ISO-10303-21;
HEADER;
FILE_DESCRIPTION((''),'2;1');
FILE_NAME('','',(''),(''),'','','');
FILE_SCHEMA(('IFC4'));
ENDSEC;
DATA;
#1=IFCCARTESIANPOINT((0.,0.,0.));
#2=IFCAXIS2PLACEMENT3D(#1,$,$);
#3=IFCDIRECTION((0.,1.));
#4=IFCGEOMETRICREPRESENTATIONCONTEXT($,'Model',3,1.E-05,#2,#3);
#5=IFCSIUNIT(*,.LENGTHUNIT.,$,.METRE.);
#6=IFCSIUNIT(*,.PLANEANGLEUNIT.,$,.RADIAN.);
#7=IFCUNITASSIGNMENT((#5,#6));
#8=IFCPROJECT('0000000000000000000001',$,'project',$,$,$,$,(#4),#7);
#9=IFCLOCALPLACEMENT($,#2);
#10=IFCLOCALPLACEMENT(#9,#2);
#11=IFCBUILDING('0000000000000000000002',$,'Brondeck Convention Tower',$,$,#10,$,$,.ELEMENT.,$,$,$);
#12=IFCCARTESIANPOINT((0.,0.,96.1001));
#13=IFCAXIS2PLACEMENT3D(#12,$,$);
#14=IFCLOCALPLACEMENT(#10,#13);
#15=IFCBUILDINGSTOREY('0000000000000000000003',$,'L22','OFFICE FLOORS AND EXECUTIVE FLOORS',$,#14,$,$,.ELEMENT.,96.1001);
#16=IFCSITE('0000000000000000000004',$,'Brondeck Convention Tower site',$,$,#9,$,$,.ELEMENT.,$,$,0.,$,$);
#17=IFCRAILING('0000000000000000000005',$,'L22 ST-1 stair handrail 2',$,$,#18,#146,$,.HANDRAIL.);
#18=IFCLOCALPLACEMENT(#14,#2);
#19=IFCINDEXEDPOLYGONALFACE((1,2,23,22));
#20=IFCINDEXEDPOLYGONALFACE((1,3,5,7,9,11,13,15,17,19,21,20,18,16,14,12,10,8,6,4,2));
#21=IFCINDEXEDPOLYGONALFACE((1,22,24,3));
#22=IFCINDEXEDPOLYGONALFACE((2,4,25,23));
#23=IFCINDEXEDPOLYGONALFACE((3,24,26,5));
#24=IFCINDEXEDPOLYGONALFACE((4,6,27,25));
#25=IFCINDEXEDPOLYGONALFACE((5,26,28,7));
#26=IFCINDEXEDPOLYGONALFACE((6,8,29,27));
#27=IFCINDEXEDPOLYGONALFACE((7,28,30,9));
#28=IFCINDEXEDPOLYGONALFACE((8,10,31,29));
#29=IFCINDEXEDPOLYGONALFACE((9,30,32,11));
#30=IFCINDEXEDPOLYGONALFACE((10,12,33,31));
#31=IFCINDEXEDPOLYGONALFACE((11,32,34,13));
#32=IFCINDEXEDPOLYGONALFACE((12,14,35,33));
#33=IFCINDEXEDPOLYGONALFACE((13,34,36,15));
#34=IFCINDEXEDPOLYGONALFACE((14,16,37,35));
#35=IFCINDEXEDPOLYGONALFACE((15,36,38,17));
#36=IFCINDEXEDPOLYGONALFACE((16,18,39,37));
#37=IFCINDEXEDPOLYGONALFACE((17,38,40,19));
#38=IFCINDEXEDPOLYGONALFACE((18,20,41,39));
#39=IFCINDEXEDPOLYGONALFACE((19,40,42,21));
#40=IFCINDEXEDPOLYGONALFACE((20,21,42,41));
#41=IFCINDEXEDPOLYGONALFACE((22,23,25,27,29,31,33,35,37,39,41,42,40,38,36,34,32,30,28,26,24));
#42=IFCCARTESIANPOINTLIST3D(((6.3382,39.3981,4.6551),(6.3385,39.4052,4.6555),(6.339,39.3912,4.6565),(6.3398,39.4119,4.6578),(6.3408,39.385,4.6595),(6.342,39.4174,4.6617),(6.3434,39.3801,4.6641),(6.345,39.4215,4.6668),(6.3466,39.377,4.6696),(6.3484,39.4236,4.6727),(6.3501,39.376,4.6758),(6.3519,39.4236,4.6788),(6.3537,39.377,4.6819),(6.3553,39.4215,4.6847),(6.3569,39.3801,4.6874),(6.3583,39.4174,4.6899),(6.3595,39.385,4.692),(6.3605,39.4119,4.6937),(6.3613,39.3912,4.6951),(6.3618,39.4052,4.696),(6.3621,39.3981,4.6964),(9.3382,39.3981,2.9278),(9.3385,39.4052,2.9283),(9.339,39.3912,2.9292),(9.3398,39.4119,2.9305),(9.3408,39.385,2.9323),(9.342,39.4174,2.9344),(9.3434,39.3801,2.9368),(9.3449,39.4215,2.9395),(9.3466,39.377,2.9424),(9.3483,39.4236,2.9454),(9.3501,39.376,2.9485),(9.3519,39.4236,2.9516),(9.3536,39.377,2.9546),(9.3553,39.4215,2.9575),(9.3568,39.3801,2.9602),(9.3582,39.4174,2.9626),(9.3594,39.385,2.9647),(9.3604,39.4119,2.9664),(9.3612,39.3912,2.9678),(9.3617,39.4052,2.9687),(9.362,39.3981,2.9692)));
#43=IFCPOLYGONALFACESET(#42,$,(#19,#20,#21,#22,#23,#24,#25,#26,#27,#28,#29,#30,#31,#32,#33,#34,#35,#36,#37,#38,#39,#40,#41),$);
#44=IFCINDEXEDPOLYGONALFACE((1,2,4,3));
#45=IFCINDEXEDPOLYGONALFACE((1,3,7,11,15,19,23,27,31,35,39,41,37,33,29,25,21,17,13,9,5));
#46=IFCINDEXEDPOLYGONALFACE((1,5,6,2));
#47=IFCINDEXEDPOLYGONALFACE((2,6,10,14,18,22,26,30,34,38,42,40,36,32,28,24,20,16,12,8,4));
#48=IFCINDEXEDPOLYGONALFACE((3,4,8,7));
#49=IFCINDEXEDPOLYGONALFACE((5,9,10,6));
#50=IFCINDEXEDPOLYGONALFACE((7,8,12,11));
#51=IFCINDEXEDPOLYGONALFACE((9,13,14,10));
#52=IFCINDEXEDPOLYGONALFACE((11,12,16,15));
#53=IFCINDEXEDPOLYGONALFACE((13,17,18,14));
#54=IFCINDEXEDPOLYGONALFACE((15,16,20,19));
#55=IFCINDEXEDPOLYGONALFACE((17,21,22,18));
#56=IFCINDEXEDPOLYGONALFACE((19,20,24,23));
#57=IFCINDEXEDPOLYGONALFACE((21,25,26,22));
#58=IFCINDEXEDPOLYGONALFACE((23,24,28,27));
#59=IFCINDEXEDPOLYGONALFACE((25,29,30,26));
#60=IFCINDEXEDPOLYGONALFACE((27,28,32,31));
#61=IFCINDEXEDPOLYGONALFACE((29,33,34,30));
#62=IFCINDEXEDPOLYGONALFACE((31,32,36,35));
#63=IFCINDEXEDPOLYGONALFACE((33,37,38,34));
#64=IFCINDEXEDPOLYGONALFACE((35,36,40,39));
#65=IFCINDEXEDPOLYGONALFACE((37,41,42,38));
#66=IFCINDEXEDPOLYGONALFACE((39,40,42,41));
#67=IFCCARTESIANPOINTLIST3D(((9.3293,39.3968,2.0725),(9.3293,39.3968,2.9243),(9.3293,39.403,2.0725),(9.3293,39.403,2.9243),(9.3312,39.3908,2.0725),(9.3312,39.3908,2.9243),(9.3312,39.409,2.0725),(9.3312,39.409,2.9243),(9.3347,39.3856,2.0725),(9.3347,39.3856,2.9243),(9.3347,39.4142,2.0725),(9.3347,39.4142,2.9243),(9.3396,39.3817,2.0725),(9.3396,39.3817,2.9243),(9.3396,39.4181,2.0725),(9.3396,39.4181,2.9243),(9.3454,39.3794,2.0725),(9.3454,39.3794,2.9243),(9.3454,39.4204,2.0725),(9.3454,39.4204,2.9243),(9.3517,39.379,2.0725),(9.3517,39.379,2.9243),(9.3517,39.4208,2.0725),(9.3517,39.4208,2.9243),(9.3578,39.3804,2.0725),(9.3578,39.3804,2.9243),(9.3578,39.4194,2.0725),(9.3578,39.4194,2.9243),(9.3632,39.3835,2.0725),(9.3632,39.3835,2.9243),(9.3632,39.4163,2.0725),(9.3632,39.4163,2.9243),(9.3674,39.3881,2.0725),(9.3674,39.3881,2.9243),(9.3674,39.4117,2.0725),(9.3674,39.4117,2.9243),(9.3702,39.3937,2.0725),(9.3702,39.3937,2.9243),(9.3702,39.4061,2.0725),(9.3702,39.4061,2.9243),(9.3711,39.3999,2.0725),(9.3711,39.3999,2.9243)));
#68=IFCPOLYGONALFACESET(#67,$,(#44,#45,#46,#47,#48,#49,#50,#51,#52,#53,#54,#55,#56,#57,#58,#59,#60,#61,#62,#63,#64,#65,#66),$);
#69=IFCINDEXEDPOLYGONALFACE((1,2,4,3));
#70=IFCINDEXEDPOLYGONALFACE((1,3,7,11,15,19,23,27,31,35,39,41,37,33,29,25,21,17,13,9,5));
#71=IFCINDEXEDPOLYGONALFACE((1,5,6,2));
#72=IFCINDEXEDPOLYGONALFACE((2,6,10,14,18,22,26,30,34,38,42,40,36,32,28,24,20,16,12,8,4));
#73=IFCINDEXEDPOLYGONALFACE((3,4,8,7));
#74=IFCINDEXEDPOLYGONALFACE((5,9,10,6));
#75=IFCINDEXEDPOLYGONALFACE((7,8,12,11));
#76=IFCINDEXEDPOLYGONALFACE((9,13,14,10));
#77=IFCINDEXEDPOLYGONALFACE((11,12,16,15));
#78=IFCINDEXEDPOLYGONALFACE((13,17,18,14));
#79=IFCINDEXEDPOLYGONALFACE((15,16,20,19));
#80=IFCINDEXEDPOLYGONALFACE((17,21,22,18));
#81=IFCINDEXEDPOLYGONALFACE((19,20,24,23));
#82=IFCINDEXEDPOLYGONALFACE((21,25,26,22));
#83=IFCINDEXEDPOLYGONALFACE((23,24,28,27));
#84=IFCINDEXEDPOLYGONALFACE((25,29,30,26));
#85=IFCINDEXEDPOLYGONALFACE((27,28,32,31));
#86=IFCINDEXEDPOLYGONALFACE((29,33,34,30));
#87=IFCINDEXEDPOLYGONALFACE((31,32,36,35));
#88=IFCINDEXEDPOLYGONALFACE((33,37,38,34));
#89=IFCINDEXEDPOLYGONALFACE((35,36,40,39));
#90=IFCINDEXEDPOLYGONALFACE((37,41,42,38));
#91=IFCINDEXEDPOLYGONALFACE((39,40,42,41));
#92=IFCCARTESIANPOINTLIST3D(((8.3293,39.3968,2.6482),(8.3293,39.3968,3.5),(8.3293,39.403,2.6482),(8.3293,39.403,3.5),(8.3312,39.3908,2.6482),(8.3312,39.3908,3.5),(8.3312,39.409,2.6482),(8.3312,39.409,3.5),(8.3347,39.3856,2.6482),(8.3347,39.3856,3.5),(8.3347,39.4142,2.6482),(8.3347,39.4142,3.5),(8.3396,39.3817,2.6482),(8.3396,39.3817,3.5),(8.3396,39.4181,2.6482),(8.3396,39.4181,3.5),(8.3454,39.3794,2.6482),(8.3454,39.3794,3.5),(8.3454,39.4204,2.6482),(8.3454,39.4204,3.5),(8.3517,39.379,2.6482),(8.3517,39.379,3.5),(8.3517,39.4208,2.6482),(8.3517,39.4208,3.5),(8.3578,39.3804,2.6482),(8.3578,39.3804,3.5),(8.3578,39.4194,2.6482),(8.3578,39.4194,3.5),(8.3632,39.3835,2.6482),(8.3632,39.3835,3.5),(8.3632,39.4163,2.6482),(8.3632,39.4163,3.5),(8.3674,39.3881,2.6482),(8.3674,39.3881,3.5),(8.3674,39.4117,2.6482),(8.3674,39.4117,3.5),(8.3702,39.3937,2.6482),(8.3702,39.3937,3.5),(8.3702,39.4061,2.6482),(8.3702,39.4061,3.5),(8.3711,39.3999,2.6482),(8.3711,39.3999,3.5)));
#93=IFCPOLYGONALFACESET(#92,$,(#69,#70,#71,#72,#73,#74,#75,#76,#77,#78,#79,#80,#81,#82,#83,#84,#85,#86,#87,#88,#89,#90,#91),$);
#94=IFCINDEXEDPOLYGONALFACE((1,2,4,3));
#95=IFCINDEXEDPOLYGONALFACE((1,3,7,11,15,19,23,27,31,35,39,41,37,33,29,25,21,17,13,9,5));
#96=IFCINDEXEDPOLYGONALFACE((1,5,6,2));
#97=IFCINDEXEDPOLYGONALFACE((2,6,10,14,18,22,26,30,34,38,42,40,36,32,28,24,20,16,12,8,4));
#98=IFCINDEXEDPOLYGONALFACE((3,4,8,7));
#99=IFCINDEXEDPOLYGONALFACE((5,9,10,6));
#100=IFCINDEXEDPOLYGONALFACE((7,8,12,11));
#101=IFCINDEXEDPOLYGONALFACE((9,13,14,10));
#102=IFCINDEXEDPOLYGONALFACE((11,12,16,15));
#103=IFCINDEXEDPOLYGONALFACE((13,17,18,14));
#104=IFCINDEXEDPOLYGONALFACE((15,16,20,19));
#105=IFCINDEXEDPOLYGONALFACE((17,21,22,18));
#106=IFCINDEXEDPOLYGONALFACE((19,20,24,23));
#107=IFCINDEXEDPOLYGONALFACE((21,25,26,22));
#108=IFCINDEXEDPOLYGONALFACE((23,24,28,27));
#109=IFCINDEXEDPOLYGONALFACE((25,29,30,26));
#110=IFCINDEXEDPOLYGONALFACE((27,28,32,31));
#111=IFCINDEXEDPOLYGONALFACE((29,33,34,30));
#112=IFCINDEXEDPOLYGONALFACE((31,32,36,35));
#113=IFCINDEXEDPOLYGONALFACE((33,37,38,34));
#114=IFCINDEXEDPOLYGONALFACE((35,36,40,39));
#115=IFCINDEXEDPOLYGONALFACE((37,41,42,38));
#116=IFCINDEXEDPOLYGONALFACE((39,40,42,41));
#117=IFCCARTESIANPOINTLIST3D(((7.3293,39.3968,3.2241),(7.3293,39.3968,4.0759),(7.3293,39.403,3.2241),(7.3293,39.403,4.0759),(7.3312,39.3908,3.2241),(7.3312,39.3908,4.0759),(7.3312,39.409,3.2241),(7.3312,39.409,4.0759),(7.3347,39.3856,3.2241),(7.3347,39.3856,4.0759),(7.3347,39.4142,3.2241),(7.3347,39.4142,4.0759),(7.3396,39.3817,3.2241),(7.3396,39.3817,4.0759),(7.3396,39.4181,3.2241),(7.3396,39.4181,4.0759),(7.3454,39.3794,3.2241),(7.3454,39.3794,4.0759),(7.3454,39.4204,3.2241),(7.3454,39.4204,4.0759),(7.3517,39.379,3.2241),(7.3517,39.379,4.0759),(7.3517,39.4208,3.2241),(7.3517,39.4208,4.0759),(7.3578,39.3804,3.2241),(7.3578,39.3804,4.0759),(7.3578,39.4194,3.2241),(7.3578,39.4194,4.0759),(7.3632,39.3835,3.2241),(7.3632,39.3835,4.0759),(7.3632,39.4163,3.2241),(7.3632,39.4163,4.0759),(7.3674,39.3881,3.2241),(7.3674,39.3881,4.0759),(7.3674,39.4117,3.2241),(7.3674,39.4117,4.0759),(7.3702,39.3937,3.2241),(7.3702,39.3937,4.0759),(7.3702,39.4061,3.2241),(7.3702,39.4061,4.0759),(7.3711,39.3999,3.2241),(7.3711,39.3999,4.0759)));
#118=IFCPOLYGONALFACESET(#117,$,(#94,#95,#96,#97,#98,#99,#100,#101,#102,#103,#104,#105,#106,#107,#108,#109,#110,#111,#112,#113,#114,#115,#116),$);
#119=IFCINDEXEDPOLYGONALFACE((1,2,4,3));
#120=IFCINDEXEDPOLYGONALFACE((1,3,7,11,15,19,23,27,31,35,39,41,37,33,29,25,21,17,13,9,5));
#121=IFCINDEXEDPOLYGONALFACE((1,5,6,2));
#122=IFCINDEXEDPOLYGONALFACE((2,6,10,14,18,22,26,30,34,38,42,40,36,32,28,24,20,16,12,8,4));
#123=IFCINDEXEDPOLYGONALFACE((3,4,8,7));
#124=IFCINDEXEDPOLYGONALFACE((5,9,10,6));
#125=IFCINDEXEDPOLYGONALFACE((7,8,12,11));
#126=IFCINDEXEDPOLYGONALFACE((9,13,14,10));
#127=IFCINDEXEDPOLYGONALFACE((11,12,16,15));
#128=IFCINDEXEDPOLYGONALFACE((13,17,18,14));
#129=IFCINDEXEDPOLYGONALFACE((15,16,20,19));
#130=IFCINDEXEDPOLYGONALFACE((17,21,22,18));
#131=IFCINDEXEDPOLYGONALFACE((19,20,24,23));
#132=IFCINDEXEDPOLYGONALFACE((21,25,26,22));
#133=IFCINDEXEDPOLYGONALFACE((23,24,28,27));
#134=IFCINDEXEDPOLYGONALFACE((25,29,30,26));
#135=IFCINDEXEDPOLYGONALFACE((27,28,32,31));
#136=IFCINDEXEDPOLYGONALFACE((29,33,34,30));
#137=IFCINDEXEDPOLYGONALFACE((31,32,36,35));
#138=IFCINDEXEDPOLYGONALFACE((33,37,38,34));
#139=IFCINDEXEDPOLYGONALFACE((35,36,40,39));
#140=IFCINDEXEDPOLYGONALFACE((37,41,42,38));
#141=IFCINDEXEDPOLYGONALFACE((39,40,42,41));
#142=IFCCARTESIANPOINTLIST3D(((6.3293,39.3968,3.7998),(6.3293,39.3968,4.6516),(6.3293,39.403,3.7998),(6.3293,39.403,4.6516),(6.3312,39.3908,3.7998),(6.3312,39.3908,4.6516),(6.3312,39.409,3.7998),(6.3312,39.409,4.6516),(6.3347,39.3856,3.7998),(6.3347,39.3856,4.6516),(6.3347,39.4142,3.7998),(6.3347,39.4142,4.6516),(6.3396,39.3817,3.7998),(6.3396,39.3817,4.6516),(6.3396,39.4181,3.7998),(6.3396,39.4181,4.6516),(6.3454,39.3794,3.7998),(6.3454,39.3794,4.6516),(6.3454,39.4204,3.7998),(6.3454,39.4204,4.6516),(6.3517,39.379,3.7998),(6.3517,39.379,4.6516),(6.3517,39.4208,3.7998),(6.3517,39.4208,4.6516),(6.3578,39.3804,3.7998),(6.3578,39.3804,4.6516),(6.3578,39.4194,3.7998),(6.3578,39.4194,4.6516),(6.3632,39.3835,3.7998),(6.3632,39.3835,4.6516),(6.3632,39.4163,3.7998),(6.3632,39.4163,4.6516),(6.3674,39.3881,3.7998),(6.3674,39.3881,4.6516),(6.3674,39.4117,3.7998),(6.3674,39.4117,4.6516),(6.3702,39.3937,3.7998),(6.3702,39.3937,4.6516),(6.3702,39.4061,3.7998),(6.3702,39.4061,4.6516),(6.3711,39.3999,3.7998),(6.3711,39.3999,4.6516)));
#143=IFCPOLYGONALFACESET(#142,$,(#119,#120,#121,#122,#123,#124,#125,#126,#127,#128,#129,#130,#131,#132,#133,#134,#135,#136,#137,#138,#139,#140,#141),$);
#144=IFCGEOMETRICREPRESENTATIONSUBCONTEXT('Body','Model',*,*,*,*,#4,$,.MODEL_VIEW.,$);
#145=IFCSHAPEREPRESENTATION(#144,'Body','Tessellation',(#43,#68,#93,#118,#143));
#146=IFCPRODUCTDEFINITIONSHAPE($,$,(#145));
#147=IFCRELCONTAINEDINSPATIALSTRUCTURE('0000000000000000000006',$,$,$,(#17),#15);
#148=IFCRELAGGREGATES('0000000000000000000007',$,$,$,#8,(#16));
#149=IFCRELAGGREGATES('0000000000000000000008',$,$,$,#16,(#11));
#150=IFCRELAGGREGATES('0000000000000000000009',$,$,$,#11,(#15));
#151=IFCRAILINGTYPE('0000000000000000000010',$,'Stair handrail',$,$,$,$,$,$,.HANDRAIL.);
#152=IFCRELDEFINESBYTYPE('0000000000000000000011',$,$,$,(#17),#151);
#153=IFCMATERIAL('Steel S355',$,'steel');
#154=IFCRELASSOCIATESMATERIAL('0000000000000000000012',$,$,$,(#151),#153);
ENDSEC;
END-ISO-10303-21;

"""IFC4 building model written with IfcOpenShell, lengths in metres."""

from ifc_helpers import new_model, si_unit, direction, frame, origin, origin_2d, place, context, subcontext, project, spatial, circle, extrude, material, type_object, element, save


model = new_model("IFC4")

# Units and contexts
model_context = context("Model", 3, precision=1e-05, world=origin(), true_north=direction((0.0, 1.0)))
body_context = subcontext(model_context, "Body", "Model", "MODEL_VIEW")
ifc_project = project(units=[si_unit("LENGTHUNIT", "METRE"), si_unit("PLANEANGLEUNIT", "RADIAN")], contexts=[model_context])

# Site, building, storey
site_placement = place(None, origin())
site = spatial("IfcSite", under=ifc_project, at=site_placement, Name="Brondeck Convention Tower site", CompositionType="ELEMENT", RefElevation=0.0)
building_placement = place(site_placement, origin())
building = spatial("IfcBuilding", under=site, at=building_placement, Name="Brondeck Convention Tower", CompositionType="ELEMENT")
storey_placement = place(building_placement, frame((0.0, 0.0, 96.1001)))
storey = spatial("IfcBuildingStorey", under=building, at=storey_placement, Name="L22", Description="OFFICE FLOORS AND EXECUTIVE FLOORS", CompositionType="ELEMENT", Elevation=96.1001)

# Shared definitions
ifc_material_1 = material(Name="Steel S355", Category="steel")

# Railing
railing_type = type_object("IfcRailingType", Name="Stair handrail", PredefinedType="HANDRAIL", material=ifc_material_1)
railing_placement = place(storey_placement, frame((9.3501, 39.3999, 2.0725)))
element("IfcRailing", 1, at=railing_placement, inside=storey, type_object=railing_type, Name="L22 ST-1 stair handrail 2", PredefinedType="HANDRAIL", context=body_context, shape_type="SweptSolid", body=[
    extrude(circle(Radius=0.0239, at=origin_2d()), frame((0.0, 0.0, 0.876), z_axis=(-0.86662, 0.0, 0.498969), x_axis=(0.0, -1.0, 0.0)), (0.0, 0.0, 1.0), 3.4617),
    extrude(circle(Radius=0.021, at=origin_2d()), origin(), (0.0, 0.0, 1.0), 0.8518),
    extrude(circle(Radius=0.021, at=origin_2d()), frame((-1.0, 0.0, 0.5757)), (0.0, 0.0, 1.0), 0.8518),
    extrude(circle(Radius=0.021, at=origin_2d()), frame((-2.0, 0.0, 1.1516)), (0.0, 0.0, 1.0), 0.8518),
    extrude(circle(Radius=0.021, at=origin_2d()), frame((-3.0, 0.0, 1.7273)), (0.0, 0.0, 1.0), 0.8518),
])

save(model, "model.ifc")
